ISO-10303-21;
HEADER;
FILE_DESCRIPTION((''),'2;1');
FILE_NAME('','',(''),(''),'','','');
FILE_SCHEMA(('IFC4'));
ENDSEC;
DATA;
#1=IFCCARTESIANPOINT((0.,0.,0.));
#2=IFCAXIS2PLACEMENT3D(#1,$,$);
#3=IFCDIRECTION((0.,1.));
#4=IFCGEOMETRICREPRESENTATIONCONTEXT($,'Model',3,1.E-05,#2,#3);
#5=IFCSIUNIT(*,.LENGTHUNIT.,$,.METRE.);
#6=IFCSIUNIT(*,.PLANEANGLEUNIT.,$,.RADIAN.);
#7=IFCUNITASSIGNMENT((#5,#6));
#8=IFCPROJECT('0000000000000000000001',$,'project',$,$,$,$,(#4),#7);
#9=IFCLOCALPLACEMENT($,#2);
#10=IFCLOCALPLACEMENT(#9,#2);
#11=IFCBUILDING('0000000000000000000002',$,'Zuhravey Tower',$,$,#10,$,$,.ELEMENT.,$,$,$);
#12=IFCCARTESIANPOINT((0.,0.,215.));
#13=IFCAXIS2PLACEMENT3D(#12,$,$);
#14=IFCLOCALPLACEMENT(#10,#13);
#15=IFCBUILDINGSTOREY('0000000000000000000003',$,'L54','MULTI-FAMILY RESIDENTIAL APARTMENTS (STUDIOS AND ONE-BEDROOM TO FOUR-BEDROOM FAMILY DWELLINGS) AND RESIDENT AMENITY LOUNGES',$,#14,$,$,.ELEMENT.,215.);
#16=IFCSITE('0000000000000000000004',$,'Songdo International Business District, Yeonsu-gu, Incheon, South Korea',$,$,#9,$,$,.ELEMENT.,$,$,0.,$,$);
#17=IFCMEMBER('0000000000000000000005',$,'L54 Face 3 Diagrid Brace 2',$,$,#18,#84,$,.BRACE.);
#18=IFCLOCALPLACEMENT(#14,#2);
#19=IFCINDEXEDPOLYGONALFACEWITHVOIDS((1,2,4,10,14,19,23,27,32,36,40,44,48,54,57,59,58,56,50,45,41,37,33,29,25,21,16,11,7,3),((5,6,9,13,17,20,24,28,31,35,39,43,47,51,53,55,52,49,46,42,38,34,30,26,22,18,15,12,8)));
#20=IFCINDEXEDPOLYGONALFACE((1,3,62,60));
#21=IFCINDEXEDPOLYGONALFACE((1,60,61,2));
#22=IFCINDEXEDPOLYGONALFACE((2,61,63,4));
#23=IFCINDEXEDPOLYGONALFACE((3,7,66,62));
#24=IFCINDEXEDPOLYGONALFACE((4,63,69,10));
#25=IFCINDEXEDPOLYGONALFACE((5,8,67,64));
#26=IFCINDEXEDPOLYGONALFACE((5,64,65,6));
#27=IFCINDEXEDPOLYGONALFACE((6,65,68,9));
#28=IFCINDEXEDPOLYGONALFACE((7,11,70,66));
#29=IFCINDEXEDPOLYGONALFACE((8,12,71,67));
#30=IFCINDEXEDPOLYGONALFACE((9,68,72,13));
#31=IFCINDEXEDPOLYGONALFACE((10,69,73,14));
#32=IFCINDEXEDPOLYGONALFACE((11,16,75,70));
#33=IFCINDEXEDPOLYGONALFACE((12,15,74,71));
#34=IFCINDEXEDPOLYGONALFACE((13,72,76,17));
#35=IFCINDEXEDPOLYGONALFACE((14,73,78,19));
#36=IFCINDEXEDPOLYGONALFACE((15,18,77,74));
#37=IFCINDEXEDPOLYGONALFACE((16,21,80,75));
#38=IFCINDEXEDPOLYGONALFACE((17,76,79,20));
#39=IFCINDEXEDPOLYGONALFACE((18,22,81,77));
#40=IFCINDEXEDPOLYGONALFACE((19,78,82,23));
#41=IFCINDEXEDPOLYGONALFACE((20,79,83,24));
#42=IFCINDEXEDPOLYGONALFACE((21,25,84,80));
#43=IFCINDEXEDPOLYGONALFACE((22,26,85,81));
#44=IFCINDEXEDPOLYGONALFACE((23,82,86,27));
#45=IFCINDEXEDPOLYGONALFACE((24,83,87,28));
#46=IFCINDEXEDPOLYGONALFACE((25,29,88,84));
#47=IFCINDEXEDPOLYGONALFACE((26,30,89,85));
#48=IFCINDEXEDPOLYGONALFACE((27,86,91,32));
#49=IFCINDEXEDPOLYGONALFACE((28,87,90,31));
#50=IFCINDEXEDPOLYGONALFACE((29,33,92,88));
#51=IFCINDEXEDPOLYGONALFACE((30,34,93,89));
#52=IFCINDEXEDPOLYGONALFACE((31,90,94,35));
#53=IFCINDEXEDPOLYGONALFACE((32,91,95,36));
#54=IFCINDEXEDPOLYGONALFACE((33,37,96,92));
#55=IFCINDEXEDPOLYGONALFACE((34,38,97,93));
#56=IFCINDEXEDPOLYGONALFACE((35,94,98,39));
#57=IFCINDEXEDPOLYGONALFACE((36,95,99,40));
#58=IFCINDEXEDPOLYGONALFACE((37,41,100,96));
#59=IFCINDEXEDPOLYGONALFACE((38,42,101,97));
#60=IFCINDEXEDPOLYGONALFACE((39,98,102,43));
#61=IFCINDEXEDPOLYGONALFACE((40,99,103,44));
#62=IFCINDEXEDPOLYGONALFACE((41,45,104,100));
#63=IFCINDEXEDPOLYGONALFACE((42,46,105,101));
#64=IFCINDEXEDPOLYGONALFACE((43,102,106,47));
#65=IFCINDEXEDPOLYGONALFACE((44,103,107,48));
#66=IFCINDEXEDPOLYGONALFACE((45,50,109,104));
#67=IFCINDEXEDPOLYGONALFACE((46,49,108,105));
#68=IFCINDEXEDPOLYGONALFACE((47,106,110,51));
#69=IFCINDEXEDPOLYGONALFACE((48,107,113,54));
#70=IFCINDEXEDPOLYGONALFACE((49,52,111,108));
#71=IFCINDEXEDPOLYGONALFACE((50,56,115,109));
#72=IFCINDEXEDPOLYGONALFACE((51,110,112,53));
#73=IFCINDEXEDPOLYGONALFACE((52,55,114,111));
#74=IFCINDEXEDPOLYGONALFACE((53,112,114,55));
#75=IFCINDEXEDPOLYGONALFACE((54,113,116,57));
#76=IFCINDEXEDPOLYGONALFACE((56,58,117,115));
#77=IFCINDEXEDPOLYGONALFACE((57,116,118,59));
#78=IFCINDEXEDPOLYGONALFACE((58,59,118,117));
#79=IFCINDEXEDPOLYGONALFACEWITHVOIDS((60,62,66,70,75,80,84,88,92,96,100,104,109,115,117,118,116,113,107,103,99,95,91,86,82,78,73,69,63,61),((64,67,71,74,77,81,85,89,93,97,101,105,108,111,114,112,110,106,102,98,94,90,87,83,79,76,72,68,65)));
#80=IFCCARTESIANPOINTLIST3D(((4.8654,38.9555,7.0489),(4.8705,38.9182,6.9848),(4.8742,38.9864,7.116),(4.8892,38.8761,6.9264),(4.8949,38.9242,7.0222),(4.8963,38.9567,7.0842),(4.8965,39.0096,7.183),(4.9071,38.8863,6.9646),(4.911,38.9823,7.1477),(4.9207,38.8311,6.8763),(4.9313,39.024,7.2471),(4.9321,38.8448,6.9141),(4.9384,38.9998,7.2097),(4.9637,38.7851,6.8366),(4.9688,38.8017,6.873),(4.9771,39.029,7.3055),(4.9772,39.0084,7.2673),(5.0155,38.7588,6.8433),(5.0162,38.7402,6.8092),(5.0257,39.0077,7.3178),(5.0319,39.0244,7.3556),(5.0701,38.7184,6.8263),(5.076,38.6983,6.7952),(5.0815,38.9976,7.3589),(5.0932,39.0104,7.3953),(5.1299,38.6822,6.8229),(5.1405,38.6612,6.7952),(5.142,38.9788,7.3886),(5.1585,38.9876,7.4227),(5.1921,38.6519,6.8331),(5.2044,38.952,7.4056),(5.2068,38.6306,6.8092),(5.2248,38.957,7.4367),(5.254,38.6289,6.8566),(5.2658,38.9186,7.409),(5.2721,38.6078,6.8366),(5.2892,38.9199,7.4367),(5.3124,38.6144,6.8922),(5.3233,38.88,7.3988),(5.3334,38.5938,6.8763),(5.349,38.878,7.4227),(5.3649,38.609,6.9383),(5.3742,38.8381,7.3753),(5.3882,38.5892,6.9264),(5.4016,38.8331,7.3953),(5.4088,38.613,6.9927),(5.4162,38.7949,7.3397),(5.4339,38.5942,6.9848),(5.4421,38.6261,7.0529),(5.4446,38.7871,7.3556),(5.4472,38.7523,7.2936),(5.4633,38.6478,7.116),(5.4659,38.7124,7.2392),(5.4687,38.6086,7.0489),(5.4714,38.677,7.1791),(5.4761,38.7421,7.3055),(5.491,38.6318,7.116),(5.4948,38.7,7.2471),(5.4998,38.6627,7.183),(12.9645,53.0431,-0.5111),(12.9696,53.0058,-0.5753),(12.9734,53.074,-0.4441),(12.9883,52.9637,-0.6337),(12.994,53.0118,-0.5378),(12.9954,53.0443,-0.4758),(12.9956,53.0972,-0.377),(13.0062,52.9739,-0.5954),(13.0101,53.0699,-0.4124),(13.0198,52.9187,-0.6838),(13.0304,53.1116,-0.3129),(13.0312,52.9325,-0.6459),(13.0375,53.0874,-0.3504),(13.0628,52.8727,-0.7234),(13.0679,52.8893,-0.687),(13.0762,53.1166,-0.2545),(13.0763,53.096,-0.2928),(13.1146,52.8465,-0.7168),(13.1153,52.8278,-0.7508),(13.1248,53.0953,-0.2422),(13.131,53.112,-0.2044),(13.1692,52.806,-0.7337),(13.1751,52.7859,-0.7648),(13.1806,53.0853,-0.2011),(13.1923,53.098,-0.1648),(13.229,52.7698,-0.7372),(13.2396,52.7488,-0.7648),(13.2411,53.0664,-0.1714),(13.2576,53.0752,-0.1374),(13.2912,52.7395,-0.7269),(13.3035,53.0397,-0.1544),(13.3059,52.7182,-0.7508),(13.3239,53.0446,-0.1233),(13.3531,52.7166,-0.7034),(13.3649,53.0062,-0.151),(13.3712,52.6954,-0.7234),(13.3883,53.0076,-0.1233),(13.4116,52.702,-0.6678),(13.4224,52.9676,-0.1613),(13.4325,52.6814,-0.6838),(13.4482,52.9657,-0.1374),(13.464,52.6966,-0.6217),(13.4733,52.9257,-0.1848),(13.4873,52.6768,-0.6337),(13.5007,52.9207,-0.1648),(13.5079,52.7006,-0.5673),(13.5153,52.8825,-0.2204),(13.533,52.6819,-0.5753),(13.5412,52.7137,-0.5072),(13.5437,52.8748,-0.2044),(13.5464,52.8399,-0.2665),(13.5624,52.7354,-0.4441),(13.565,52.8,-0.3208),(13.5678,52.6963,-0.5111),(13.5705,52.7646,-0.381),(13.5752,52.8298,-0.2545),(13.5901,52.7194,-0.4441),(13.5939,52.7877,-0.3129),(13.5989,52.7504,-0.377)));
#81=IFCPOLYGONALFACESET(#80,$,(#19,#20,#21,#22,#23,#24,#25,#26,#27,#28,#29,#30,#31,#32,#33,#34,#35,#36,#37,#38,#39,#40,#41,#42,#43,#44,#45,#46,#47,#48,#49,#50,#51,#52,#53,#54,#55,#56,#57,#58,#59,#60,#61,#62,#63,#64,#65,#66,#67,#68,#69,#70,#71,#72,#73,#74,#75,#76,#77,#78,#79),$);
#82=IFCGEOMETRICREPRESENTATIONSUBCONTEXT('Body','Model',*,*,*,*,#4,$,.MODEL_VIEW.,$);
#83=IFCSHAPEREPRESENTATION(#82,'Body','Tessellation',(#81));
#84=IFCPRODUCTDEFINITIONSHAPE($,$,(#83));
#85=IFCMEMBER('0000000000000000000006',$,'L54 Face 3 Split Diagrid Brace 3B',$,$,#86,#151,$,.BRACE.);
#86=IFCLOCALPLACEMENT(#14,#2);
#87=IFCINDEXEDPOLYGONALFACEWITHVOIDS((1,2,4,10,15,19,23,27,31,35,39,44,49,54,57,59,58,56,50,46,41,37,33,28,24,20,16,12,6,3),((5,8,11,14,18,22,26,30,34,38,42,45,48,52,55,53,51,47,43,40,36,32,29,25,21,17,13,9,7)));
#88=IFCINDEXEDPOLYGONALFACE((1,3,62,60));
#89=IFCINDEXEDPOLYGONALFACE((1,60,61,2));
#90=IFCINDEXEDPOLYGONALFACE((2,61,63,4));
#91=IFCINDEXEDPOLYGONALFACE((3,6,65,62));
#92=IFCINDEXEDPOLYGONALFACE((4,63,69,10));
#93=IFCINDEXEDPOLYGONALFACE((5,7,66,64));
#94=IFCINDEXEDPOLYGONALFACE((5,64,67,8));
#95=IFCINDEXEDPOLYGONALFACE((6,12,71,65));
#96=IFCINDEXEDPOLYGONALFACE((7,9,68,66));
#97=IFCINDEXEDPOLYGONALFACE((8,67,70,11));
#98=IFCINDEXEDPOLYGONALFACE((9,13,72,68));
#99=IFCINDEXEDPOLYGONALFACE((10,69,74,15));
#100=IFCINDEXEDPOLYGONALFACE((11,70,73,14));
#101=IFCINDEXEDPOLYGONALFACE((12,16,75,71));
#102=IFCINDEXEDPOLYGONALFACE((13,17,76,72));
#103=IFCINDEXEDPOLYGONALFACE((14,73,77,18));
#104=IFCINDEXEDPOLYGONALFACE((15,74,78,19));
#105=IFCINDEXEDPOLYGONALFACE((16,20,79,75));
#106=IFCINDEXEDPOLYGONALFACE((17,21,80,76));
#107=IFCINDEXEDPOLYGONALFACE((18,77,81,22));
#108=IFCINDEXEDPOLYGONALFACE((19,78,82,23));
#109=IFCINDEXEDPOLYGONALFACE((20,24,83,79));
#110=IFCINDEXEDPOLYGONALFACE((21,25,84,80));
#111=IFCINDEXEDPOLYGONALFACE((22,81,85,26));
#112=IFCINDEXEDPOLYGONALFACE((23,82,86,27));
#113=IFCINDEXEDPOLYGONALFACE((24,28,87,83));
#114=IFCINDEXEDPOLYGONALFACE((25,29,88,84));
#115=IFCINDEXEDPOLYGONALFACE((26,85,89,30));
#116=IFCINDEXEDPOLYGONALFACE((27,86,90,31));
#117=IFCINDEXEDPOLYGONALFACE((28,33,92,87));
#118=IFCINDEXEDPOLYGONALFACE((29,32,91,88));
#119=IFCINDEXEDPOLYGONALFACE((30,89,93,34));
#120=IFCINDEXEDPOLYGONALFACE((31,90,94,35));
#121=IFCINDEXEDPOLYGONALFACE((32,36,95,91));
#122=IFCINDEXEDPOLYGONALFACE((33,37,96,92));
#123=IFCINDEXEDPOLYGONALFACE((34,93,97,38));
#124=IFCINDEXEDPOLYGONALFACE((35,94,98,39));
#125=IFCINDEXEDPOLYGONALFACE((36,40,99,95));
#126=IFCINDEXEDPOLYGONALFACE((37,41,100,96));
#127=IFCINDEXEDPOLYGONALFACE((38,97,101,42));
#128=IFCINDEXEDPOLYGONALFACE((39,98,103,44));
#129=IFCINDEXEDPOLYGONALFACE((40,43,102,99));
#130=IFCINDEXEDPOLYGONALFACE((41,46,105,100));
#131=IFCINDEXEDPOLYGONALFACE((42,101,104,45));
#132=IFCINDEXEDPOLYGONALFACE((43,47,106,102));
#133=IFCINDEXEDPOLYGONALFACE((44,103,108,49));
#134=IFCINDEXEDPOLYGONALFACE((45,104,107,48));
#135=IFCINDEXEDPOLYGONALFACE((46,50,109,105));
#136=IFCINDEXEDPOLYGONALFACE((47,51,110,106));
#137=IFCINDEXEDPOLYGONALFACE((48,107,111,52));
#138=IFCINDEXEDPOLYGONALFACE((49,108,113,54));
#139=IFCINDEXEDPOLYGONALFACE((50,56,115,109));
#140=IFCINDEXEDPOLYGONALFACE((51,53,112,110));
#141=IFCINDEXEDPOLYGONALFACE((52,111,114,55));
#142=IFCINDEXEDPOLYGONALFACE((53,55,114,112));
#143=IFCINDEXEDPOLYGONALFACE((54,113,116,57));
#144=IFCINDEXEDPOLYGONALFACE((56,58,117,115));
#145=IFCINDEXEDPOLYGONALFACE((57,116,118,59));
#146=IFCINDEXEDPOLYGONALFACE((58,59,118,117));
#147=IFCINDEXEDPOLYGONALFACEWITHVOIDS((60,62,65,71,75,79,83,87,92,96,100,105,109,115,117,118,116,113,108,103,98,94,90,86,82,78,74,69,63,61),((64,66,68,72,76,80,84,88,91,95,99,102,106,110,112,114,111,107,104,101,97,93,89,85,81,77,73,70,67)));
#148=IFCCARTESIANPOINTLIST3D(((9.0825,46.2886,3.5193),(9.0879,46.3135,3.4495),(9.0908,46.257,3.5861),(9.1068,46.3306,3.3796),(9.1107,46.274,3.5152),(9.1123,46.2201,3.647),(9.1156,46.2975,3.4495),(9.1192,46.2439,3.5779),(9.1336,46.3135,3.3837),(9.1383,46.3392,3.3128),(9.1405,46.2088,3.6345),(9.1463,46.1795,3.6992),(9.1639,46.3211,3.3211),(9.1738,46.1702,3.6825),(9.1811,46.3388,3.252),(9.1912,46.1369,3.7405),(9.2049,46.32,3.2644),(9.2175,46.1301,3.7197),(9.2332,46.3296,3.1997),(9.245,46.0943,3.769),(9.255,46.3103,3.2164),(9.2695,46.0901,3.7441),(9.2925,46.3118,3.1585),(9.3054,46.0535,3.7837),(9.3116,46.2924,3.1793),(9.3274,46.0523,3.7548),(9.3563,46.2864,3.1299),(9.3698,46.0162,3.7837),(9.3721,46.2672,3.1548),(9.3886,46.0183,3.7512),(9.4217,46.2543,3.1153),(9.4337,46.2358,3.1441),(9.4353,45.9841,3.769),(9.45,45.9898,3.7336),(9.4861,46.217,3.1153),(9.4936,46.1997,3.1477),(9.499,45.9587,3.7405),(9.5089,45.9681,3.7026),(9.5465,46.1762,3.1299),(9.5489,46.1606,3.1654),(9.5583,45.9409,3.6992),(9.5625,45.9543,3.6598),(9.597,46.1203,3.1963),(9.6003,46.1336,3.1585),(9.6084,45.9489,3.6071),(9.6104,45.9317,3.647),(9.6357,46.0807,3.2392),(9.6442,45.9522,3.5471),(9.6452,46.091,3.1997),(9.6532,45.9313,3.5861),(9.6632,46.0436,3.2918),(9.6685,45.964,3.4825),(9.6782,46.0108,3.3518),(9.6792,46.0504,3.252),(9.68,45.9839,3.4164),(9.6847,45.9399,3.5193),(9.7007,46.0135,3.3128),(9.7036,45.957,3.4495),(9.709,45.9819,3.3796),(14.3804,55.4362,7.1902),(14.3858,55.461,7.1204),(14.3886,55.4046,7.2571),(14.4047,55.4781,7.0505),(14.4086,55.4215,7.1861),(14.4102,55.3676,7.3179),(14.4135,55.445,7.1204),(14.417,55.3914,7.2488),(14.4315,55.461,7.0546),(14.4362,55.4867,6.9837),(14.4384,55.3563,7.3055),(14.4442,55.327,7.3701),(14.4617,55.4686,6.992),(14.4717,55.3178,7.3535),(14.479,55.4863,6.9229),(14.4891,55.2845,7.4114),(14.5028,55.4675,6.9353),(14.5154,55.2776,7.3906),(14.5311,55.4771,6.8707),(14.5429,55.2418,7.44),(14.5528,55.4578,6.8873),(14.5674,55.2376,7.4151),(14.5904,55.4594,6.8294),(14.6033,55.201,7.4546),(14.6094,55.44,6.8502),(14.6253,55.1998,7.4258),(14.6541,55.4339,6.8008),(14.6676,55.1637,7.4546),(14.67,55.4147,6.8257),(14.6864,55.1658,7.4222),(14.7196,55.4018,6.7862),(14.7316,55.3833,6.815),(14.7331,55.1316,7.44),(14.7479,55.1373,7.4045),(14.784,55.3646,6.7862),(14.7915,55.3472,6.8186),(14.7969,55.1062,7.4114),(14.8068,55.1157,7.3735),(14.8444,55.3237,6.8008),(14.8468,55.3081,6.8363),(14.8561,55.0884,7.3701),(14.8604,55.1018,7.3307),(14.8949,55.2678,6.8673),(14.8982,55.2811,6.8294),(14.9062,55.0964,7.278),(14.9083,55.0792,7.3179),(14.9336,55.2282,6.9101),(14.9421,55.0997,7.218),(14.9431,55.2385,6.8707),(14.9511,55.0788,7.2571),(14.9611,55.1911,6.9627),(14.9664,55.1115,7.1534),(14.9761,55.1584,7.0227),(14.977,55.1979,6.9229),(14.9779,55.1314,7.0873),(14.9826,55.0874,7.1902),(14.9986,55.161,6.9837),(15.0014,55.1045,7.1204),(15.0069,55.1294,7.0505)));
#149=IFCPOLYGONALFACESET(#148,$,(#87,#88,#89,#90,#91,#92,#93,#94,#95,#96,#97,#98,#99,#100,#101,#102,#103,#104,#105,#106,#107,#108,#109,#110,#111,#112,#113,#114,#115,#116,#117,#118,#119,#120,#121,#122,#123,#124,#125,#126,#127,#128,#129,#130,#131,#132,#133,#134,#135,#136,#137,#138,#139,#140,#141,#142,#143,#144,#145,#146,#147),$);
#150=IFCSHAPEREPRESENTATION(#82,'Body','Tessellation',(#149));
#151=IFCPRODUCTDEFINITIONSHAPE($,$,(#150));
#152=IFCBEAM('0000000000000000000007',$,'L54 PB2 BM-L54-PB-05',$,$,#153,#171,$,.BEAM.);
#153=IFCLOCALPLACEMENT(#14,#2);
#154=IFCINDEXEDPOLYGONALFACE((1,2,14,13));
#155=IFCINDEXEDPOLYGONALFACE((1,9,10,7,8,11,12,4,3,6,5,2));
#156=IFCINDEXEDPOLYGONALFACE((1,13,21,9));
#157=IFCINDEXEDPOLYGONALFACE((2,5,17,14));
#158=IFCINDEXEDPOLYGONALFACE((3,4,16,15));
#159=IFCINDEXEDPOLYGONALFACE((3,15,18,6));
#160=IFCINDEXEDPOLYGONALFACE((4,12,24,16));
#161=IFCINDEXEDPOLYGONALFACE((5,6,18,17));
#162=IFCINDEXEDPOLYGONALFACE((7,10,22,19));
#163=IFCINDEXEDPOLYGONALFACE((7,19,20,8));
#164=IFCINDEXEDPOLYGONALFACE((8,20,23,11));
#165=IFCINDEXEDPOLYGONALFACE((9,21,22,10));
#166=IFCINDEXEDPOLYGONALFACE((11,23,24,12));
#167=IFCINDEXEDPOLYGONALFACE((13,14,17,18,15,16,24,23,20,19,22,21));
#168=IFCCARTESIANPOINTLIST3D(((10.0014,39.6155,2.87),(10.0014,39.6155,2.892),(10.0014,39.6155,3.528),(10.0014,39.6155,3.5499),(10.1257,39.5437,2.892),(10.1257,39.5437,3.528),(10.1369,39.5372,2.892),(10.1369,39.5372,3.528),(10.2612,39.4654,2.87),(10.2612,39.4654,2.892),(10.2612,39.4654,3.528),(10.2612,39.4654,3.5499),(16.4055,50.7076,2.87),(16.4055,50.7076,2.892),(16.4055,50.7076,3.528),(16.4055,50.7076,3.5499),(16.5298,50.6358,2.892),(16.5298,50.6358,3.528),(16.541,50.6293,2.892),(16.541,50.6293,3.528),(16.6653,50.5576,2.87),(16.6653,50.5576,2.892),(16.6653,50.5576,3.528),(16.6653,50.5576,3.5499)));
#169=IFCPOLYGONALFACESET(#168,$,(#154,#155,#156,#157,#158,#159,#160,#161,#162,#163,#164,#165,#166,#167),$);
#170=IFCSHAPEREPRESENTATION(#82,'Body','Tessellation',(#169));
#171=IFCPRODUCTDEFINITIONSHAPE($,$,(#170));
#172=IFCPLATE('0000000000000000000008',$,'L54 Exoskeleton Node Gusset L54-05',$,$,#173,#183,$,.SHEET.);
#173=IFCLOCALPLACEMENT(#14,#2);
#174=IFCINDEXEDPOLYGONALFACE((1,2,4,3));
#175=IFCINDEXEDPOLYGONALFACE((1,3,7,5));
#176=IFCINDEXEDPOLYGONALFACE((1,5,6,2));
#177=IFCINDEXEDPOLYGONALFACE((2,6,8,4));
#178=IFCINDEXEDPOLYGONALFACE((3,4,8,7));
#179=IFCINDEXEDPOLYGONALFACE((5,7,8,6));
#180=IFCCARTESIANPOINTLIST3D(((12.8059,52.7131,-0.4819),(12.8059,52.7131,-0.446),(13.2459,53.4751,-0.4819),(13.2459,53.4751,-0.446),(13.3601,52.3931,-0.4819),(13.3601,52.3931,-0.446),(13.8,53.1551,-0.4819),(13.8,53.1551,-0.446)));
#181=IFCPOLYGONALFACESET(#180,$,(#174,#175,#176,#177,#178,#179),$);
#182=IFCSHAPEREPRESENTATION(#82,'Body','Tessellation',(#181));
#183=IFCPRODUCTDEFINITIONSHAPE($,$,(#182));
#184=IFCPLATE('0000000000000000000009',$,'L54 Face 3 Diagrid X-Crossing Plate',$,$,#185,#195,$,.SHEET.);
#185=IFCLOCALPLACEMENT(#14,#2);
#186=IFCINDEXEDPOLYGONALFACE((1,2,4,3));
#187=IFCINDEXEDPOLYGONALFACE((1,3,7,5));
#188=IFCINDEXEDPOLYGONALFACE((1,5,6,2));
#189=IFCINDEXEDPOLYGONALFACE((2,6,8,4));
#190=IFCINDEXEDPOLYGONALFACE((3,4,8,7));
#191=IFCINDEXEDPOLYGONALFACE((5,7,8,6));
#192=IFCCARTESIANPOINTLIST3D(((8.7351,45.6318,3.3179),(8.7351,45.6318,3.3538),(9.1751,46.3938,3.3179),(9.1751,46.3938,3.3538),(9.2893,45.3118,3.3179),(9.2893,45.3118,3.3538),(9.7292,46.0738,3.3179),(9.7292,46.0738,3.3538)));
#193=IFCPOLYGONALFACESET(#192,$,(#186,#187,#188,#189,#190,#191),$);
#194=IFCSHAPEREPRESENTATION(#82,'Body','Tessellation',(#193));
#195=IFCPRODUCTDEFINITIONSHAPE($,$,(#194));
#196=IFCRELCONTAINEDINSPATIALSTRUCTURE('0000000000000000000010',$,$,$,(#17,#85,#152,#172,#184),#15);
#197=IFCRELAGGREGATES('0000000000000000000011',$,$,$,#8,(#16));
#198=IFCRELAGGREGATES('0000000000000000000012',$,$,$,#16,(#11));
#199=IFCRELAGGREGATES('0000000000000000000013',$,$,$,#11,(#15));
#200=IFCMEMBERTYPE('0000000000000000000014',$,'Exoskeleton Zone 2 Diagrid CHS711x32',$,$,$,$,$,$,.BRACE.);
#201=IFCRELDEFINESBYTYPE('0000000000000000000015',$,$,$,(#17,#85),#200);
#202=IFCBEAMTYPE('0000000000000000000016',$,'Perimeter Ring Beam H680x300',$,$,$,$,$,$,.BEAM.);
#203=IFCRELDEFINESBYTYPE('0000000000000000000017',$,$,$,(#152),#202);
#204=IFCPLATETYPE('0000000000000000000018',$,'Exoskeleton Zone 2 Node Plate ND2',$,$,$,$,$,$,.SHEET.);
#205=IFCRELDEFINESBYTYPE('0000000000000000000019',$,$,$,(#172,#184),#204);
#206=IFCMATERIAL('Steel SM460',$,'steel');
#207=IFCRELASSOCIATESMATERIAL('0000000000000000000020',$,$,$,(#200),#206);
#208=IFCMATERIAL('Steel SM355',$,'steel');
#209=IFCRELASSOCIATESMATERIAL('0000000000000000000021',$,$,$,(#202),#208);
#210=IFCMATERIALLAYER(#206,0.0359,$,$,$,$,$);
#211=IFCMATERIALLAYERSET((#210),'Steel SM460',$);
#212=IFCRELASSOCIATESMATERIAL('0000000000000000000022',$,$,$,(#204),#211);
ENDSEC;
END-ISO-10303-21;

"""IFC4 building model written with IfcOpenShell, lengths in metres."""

from ifc_helpers import new_model, si_unit, direction, frame, origin, origin_2d, place, context, subcontext, project, spatial, rectangle, hollow_circle, i_section, extrude, material, layer, layer_set, material_profile, profile_set, type_object, element, save


model = new_model("IFC4")

# Units and contexts
model_context = context("Model", 3, precision=1e-05, world=origin(), true_north=direction((0.0, 1.0)))
body_context = subcontext(model_context, "Body", "Model", "MODEL_VIEW")
ifc_project = project(units=[si_unit("LENGTHUNIT", "METRE"), si_unit("PLANEANGLEUNIT", "RADIAN")], contexts=[model_context])

# Site, building, storey
site_placement = place(None, origin())
site = spatial("IfcSite", under=ifc_project, at=site_placement, Name="Songdo International Business District, Yeonsu-gu, Incheon, South Korea", CompositionType="ELEMENT", RefElevation=0.0)
building_placement = place(site_placement, origin())
building = spatial("IfcBuilding", under=site, at=building_placement, Name="Zuhravey Tower", CompositionType="ELEMENT")
storey_placement = place(building_placement, frame((0.0, 0.0, 215.0)))
storey = spatial("IfcBuildingStorey", under=building, at=storey_placement, Name="L54", Description="MULTI-FAMILY RESIDENTIAL APARTMENTS (STUDIOS AND ONE-BEDROOM TO FOUR-BEDROOM FAMILY DWELLINGS) AND RESIDENT AMENITY LOUNGES", CompositionType="ELEMENT", Elevation=215.0)

# Members
ifc_material_1 = material(Name="Steel SM355", Category="steel")
ifc_material_2 = material(Name="Steel SM460", Category="steel")
ifc_material_profile_1 = material_profile(ifc_material_2, hollow_circle(Radius=0.3557, WallThickness=0.032, at=origin_2d()), Name="CHS-711.2x32")
ifc_profile_set_1 = profile_set([ifc_material_profile_1], Name="Steel SM460")
member_type_1 = type_object("IfcMemberType", Name="Exoskeleton Zone 2 Diagrid CHS711x32", PredefinedType="BRACE", material=ifc_profile_set_1)
member_1_placement = place(storey_placement, frame((13.2817, 52.8967, -0.4441), z_axis=(-0.4519, -0.786036, 0.421822), x_axis=(0.86694, -0.498412, 0.0)))
element("IfcMember", 1, at=member_1_placement, inside=storey, type_object=member_type_1, Name="L54 Face 3 Diagrid Brace 2", PredefinedType="BRACE", context=body_context, shape_type="SweptSolid", body=[
    extrude(hollow_circle(Radius=0.3557, WallThickness=0.032, at=origin_2d()), origin(), (0.0, 0.0, 1.0), 17.9224),
])
member_2_placement = place(storey_placement, frame((9.3958, 46.1353, 3.4495), z_axis=(0.47344, 0.817459, 0.328048), x_axis=(-0.865346, 0.501175, 0.0)))
element("IfcMember", 2, at=member_2_placement, inside=storey, type_object=member_type_1, Name="L54 Face 3 Split Diagrid Brace 3B", PredefinedType="BRACE", context=body_context, shape_type="SweptSolid", body=[
    extrude(hollow_circle(Radius=0.3557, WallThickness=0.032, at=origin_2d()), origin(), (0.0, 0.0, 1.0), 11.1902),
])

# Beam
ifc_material_profile_2 = material_profile(ifc_material_1, i_section(OverallWidth=0.3, OverallDepth=0.6799, WebThickness=0.0129, FlangeThickness=0.022, at=origin_2d()), Name="H-680x300x13x22")
ifc_profile_set_2 = profile_set([ifc_material_profile_2], Name="Steel SM355")
beam_type = type_object("IfcBeamType", Name="Perimeter Ring Beam H680x300", PredefinedType="BEAM", material=ifc_profile_set_2)
beam_placement = place(storey_placement, frame((16.5354, 50.6326, 3.21), z_axis=(-0.500004, -0.866023, 0.0), x_axis=(0.866023, -0.500004, 0.0)))
element("IfcBeam", 3, at=beam_placement, inside=storey, type_object=beam_type, Name="L54 PB2 BM-L54-PB-05", PredefinedType="BEAM", context=body_context, shape_type="SweptSolid", body=[
    extrude(i_section(OverallWidth=0.3, OverallDepth=0.6799, WebThickness=0.0129, FlangeThickness=0.022, at=origin_2d()), origin(), (0.0, 0.0, 1.0), 12.8081),
])

# Plates
ifc_layer_1 = layer(ifc_material_2, 0.0359)
ifc_layer_set_1 = layer_set([ifc_layer_1], Name="Steel SM460")
plate_type_1 = type_object("IfcPlateType", Name="Exoskeleton Zone 2 Node Plate ND2", PredefinedType="SHEET", material=ifc_layer_set_1)
for number, where, z_axis, x_axis, name in (
    (4, (13.303, 52.9341, -0.4819), (0.0, 0.0, 1.0), (-0.5, -0.866025, 0.0), "L54 Exoskeleton Node Gusset L54-05"),
    (5, (9.2322, 45.8528, 3.3179), (0.0, 0.0, 1.0), (-0.5, -0.866025, 0.0), "L54 Face 3 Diagrid X-Crossing Plate"),
):
    element("IfcPlate", number, at=place(storey_placement, frame(where, z_axis=z_axis, x_axis=x_axis)), inside=storey, type_object=plate_type_1, Name=name, PredefinedType="SHEET", context=body_context, shape_type="SweptSolid", body=[
        extrude(rectangle(XDim=0.8799, YDim=0.6399, at=origin_2d()), origin(), (0.0, 0.0, 1.0), 0.0359),
    ])

save(model, "model.ifc")
